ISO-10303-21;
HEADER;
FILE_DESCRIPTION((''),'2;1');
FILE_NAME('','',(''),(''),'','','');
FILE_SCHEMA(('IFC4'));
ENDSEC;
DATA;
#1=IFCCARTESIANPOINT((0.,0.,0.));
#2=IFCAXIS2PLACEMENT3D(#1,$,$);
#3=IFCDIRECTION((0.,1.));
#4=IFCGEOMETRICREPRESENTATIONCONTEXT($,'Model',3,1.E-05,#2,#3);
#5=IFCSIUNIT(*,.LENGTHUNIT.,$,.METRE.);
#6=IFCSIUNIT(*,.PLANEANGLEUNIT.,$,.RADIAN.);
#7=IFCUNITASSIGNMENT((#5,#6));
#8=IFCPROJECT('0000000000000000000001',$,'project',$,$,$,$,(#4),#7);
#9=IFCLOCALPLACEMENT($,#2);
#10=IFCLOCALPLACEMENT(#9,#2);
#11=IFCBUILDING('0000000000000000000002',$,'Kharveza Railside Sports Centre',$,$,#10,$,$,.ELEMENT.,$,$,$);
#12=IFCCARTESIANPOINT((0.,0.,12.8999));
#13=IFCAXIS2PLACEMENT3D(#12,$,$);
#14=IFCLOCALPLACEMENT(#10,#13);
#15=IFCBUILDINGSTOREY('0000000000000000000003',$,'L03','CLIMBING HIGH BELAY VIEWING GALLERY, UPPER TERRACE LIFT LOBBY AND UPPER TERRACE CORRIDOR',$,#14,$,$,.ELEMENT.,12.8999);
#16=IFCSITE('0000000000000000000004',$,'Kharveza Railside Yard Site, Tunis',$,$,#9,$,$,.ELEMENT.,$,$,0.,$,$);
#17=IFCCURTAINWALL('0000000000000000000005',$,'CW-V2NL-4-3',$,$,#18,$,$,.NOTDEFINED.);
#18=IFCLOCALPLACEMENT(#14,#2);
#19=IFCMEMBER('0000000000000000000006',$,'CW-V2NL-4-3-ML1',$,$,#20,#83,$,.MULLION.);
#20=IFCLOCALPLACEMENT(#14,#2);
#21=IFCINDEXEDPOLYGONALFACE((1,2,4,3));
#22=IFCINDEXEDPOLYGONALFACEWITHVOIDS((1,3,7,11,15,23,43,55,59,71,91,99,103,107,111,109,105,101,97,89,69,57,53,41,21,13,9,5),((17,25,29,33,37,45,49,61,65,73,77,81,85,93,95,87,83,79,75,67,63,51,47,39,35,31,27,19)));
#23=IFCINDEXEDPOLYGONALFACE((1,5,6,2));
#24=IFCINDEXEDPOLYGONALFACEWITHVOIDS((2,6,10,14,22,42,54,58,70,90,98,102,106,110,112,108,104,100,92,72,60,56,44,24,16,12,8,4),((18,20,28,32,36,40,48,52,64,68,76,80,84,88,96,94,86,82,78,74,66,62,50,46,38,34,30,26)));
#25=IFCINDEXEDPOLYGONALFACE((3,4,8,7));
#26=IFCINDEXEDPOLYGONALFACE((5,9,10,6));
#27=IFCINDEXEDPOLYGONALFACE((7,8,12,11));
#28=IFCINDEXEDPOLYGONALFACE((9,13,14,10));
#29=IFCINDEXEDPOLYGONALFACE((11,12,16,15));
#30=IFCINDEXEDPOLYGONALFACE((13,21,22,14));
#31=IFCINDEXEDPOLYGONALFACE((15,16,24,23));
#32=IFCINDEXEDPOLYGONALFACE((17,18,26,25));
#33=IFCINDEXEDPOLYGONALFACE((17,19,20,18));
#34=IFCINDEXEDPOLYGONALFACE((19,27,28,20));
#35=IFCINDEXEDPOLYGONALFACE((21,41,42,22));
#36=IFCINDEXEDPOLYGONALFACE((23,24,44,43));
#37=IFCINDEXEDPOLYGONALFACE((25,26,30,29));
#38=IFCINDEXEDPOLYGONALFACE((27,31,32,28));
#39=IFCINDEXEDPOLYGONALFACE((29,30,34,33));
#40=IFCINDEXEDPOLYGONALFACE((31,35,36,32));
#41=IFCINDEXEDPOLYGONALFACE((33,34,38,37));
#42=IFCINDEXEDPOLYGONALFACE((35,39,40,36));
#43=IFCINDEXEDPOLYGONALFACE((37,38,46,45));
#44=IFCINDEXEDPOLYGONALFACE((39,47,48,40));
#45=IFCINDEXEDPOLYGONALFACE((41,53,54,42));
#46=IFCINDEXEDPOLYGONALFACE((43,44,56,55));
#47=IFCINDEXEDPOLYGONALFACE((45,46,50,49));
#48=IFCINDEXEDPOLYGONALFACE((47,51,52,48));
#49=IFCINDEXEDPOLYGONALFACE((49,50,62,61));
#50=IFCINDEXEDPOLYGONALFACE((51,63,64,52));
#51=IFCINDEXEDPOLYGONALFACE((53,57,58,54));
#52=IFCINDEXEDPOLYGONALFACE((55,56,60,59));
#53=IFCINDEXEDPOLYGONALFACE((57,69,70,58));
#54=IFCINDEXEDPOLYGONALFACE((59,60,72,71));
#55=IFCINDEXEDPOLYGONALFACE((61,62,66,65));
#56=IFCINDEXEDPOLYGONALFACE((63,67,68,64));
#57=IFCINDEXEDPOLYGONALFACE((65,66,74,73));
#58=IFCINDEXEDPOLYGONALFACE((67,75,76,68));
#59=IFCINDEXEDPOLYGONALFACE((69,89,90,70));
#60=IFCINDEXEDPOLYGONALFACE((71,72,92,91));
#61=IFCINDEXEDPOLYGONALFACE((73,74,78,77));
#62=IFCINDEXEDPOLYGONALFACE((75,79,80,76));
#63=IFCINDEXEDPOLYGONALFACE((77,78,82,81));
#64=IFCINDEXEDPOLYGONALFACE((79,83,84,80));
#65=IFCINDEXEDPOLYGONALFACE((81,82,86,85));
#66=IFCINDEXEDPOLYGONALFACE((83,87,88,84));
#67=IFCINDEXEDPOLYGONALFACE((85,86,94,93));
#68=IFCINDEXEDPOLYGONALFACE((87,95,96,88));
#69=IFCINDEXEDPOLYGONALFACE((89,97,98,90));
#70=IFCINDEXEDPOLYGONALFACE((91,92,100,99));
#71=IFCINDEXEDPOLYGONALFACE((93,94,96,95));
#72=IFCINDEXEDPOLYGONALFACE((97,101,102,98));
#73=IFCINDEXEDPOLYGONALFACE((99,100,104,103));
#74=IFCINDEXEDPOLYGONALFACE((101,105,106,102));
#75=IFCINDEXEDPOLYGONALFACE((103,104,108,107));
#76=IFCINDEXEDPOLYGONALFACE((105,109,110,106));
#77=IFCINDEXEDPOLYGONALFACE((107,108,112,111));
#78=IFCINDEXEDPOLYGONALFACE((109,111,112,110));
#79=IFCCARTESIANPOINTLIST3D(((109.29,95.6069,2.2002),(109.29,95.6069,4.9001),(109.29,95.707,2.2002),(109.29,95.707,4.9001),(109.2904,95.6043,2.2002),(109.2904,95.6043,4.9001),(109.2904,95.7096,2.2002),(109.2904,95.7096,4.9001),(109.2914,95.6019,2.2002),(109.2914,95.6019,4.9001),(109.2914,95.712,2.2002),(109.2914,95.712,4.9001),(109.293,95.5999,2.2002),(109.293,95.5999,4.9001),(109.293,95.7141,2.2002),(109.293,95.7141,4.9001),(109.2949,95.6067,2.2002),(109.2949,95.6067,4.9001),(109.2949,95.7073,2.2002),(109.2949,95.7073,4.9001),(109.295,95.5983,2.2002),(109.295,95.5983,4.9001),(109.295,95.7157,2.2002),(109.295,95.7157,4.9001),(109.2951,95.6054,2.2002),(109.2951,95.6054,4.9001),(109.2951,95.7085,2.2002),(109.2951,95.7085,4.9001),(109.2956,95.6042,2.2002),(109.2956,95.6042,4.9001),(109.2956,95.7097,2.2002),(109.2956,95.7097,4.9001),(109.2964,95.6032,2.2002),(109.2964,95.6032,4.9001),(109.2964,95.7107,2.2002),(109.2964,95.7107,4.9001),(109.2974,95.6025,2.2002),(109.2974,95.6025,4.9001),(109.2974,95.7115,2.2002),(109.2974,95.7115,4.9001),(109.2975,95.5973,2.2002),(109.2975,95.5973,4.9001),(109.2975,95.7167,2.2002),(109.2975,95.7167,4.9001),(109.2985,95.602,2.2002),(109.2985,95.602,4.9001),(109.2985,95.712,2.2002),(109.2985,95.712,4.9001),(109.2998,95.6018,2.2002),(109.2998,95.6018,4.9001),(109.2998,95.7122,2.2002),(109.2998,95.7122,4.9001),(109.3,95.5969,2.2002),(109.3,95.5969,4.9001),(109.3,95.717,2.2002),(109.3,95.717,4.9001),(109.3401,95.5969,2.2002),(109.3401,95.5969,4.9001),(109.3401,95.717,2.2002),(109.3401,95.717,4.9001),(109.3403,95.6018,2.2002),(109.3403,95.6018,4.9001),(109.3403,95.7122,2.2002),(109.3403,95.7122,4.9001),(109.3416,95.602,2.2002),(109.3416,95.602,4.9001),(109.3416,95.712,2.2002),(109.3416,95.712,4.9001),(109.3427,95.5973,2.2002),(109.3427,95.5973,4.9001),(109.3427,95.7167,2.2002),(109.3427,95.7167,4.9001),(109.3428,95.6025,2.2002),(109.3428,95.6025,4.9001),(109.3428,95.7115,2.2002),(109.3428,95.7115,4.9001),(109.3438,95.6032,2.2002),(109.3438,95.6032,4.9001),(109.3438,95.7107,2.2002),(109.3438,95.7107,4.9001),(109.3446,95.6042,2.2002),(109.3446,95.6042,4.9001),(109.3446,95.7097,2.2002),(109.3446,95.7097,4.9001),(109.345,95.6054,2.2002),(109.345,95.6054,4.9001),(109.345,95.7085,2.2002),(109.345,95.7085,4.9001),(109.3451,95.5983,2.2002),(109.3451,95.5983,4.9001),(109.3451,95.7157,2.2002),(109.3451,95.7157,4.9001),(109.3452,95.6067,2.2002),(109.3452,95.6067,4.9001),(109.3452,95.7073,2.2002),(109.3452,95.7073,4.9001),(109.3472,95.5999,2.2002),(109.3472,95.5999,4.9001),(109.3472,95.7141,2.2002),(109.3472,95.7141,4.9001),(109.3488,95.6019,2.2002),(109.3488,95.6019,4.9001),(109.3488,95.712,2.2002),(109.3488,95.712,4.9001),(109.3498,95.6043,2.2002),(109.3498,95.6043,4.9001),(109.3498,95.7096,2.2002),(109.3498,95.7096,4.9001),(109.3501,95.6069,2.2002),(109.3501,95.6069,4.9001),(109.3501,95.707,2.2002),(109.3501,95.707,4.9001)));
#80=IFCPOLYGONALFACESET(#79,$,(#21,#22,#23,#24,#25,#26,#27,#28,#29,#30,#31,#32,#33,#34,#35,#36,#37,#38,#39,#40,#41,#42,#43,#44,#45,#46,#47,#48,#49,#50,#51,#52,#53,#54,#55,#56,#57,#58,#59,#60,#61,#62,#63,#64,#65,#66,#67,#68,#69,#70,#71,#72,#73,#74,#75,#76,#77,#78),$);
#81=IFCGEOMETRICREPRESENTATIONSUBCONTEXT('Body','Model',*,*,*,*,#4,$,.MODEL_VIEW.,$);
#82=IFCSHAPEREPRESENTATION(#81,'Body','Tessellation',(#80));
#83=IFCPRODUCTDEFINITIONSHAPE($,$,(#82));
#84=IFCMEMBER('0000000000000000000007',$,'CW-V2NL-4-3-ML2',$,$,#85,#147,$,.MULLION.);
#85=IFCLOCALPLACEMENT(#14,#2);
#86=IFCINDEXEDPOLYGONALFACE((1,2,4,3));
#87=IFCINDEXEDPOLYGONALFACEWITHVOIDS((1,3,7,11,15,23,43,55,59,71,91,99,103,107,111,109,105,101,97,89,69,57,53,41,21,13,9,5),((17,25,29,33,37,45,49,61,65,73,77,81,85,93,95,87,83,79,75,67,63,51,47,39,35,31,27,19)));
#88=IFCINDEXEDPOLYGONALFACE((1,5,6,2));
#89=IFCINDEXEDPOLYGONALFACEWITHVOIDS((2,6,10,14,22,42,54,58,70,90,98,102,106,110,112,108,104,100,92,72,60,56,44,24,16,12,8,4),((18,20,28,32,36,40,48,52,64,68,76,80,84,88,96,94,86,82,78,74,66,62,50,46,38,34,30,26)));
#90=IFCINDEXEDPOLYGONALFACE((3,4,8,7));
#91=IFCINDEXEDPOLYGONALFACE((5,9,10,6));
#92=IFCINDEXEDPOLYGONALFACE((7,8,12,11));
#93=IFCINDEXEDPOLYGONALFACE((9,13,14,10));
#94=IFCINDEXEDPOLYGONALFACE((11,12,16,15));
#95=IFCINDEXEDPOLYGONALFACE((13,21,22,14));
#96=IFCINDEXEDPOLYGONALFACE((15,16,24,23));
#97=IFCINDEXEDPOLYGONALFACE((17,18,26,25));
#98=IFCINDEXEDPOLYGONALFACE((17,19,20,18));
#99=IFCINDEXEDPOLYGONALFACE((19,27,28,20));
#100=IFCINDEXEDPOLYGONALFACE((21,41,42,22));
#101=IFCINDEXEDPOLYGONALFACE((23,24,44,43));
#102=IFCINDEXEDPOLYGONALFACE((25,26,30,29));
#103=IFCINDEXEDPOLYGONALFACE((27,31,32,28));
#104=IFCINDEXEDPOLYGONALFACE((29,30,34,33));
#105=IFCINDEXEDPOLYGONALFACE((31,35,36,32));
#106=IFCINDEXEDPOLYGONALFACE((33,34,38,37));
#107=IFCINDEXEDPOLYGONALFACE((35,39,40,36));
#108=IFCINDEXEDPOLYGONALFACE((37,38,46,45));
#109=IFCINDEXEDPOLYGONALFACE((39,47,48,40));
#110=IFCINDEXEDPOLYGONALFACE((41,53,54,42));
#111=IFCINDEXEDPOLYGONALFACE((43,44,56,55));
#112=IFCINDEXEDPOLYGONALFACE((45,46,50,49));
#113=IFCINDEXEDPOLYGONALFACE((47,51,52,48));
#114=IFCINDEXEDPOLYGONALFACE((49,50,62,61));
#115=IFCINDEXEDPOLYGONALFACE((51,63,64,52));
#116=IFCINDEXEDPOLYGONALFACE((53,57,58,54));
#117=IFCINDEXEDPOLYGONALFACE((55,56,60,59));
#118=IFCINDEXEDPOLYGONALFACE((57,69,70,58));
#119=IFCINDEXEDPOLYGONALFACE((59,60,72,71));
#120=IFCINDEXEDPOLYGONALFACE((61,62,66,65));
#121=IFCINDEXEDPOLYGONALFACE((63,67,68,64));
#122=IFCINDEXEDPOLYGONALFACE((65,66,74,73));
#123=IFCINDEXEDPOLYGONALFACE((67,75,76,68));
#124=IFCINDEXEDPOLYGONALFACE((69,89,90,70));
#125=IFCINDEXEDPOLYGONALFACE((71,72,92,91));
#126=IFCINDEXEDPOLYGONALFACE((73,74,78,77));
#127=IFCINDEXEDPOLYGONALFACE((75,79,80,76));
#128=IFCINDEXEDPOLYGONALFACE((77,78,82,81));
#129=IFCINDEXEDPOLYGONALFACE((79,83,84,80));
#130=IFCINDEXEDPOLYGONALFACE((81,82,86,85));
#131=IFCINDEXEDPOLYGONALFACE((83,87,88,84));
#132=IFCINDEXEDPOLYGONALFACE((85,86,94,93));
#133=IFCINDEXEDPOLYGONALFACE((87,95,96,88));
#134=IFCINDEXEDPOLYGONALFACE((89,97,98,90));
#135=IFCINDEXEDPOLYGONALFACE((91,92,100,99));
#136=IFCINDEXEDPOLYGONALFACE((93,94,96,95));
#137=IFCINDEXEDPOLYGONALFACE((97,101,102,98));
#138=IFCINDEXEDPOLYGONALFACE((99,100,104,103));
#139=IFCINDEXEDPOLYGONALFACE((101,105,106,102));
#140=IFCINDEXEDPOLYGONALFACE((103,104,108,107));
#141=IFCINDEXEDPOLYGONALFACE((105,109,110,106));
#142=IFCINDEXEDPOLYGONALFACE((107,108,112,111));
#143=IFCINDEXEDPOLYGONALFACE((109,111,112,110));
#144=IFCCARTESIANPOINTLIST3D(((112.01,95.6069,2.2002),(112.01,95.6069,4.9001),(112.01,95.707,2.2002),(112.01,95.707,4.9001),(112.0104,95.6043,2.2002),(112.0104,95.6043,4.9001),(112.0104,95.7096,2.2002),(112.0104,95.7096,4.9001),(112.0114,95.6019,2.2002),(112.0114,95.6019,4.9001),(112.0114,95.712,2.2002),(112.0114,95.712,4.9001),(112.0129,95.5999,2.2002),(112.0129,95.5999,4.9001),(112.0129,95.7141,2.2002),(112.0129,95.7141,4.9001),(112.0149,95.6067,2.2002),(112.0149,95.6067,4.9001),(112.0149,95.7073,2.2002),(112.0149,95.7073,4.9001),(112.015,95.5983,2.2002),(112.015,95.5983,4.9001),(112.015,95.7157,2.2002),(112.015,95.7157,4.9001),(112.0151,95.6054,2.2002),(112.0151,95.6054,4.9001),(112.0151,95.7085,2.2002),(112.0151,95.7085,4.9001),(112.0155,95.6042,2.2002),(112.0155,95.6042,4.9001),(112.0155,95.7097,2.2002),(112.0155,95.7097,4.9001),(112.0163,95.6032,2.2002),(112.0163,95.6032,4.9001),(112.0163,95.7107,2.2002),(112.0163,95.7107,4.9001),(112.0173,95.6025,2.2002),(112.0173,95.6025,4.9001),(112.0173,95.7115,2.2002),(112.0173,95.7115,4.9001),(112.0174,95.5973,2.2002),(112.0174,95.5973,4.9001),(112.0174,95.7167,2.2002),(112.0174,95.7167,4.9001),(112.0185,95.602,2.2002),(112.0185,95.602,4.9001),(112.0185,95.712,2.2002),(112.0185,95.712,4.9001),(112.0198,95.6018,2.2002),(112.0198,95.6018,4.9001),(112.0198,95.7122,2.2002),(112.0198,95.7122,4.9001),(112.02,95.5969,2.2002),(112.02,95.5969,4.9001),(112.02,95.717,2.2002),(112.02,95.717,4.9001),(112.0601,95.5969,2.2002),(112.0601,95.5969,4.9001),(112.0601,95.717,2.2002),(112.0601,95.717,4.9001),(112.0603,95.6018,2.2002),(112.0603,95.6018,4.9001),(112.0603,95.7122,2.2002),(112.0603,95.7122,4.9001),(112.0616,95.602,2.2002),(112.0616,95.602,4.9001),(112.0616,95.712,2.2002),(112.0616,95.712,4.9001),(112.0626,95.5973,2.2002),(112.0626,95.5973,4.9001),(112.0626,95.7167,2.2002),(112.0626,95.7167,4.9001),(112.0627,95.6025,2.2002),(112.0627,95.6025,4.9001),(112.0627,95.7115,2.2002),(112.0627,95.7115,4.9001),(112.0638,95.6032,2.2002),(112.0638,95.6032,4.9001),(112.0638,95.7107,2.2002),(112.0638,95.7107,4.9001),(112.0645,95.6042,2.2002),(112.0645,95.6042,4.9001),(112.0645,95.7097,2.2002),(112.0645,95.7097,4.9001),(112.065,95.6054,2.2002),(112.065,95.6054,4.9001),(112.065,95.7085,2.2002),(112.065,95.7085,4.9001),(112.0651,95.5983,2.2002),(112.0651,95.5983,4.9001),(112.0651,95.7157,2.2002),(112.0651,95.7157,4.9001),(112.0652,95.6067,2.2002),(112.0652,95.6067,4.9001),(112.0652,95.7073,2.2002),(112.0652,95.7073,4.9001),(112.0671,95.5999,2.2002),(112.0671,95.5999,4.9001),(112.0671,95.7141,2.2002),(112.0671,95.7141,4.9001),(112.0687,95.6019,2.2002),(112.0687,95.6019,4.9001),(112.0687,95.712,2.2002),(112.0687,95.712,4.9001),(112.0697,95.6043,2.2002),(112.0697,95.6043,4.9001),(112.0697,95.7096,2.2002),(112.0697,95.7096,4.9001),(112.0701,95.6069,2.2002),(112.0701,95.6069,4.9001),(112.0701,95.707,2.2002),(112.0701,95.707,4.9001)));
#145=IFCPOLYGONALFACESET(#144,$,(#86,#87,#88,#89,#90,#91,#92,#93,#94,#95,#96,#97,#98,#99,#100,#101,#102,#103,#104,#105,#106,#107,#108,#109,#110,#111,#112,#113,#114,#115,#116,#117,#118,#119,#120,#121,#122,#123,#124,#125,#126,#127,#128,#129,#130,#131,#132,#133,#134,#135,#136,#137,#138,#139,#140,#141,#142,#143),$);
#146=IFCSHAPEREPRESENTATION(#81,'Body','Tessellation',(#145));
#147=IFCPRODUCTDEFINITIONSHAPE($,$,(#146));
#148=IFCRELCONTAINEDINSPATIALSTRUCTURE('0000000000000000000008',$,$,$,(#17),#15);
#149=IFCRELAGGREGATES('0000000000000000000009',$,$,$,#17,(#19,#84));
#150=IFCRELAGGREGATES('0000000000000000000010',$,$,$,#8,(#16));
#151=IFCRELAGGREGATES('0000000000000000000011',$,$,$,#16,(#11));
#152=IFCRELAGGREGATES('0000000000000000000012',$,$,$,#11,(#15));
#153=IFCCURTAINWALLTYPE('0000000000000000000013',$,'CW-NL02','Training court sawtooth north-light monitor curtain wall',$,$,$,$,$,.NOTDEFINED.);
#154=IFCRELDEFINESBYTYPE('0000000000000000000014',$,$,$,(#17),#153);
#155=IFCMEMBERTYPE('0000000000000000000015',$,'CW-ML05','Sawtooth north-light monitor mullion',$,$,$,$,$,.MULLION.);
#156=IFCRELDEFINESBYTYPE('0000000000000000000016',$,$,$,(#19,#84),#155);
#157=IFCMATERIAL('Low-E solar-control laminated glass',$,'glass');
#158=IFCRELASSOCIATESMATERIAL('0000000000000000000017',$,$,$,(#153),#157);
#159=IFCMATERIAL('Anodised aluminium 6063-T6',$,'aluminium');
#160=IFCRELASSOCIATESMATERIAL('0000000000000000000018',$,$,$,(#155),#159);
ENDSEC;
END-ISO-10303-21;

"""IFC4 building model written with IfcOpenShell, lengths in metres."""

from ifc_helpers import new_model, si_unit, direction, frame, origin, origin_2d, place, context, subcontext, project, spatial, hollow_rectangle, extrude, material, material_profile, profile_set, type_object, element, aggregate, save


model = new_model("IFC4")

# Units and contexts
model_context = context("Model", 3, precision=1e-05, world=origin(), true_north=direction((0.0, 1.0)))
body_context = subcontext(model_context, "Body", "Model", "MODEL_VIEW")
ifc_project = project(units=[si_unit("LENGTHUNIT", "METRE"), si_unit("PLANEANGLEUNIT", "RADIAN")], contexts=[model_context])

# Site, building, storey
site_placement = place(None, origin())
site = spatial("IfcSite", under=ifc_project, at=site_placement, Name="Kharveza Railside Yard Site, Tunis", CompositionType="ELEMENT", RefElevation=0.0)
building_placement = place(site_placement, origin())
building = spatial("IfcBuilding", under=site, at=building_placement, Name="Kharveza Railside Sports Centre", CompositionType="ELEMENT")
storey_placement = place(building_placement, frame((0.0, 0.0, 12.8999)))
storey = spatial("IfcBuildingStorey", under=building, at=storey_placement, Name="L03", Description="CLIMBING HIGH BELAY VIEWING GALLERY, UPPER TERRACE LIFT LOBBY AND UPPER TERRACE CORRIDOR", CompositionType="ELEMENT", Elevation=12.8999)

# Curtain wall, members
ifc_material_1 = material(Name="Low-E solar-control laminated glass", Category="glass")
curtain_wall_type = type_object("IfcCurtainWallType", Name="CW-NL02", Description="Training court sawtooth north-light monitor curtain wall", PredefinedType="NOTDEFINED", material=ifc_material_1)
ifc_material_2 = material(Name="Anodised aluminium 6063-T6", Category="aluminium")
ifc_material_profile_1 = material_profile(ifc_material_2, hollow_rectangle(XDim=0.0601, YDim=0.1201, WallThickness=0.0049, InnerFilletRadius=0.0049, OuterFilletRadius=0.01, at=origin_2d()), Name="RHS 60x120x5.0")
ifc_profile_set_1 = profile_set([ifc_material_profile_1], Name="Anodised aluminium 6063-T6")
member_type_1 = type_object("IfcMemberType", Name="CW-ML05", Description="Sawtooth north-light monitor mullion", PredefinedType="MULLION", material=ifc_profile_set_1)
curtain_wall_1_placement = place(storey_placement, origin())
curtain_wall_1 = element("IfcCurtainWall", 1, at=curtain_wall_1_placement, inside=storey, type_object=curtain_wall_type, Name="CW-V2NL-4-3", PredefinedType="NOTDEFINED")
member_1_placement = place(storey_placement, frame((109.3201, 95.657, 2.2002), z_axis=(0.0, 0.0, 1.0), x_axis=(1.0, 0.0, 0.0)))
member_1 = element("IfcMember", 2, at=member_1_placement, type_object=member_type_1, Name="CW-V2NL-4-3-ML1", PredefinedType="MULLION", context=body_context, shape_type="SweptSolid", body=[
    extrude(hollow_rectangle(XDim=0.0601, YDim=0.1201, WallThickness=0.0049, InnerFilletRadius=0.0049, OuterFilletRadius=0.01, at=origin_2d()), origin(), (0.0, 0.0, 1.0), 2.7),
])
member_2_placement = place(storey_placement, frame((112.04, 95.657, 2.2002), z_axis=(0.0, 0.0, 1.0), x_axis=(1.0, 0.0, 0.0)))
member_2 = element("IfcMember", 3, at=member_2_placement, type_object=member_type_1, Name="CW-V2NL-4-3-ML2", PredefinedType="MULLION", context=body_context, shape_type="SweptSolid", body=[
    extrude(hollow_rectangle(XDim=0.0601, YDim=0.1201, WallThickness=0.0049, InnerFilletRadius=0.0049, OuterFilletRadius=0.01, at=origin_2d()), origin(), (0.0, 0.0, 1.0), 2.7),
])

aggregate(curtain_wall_1, [member_1, member_2])

save(model, "model.ifc")
